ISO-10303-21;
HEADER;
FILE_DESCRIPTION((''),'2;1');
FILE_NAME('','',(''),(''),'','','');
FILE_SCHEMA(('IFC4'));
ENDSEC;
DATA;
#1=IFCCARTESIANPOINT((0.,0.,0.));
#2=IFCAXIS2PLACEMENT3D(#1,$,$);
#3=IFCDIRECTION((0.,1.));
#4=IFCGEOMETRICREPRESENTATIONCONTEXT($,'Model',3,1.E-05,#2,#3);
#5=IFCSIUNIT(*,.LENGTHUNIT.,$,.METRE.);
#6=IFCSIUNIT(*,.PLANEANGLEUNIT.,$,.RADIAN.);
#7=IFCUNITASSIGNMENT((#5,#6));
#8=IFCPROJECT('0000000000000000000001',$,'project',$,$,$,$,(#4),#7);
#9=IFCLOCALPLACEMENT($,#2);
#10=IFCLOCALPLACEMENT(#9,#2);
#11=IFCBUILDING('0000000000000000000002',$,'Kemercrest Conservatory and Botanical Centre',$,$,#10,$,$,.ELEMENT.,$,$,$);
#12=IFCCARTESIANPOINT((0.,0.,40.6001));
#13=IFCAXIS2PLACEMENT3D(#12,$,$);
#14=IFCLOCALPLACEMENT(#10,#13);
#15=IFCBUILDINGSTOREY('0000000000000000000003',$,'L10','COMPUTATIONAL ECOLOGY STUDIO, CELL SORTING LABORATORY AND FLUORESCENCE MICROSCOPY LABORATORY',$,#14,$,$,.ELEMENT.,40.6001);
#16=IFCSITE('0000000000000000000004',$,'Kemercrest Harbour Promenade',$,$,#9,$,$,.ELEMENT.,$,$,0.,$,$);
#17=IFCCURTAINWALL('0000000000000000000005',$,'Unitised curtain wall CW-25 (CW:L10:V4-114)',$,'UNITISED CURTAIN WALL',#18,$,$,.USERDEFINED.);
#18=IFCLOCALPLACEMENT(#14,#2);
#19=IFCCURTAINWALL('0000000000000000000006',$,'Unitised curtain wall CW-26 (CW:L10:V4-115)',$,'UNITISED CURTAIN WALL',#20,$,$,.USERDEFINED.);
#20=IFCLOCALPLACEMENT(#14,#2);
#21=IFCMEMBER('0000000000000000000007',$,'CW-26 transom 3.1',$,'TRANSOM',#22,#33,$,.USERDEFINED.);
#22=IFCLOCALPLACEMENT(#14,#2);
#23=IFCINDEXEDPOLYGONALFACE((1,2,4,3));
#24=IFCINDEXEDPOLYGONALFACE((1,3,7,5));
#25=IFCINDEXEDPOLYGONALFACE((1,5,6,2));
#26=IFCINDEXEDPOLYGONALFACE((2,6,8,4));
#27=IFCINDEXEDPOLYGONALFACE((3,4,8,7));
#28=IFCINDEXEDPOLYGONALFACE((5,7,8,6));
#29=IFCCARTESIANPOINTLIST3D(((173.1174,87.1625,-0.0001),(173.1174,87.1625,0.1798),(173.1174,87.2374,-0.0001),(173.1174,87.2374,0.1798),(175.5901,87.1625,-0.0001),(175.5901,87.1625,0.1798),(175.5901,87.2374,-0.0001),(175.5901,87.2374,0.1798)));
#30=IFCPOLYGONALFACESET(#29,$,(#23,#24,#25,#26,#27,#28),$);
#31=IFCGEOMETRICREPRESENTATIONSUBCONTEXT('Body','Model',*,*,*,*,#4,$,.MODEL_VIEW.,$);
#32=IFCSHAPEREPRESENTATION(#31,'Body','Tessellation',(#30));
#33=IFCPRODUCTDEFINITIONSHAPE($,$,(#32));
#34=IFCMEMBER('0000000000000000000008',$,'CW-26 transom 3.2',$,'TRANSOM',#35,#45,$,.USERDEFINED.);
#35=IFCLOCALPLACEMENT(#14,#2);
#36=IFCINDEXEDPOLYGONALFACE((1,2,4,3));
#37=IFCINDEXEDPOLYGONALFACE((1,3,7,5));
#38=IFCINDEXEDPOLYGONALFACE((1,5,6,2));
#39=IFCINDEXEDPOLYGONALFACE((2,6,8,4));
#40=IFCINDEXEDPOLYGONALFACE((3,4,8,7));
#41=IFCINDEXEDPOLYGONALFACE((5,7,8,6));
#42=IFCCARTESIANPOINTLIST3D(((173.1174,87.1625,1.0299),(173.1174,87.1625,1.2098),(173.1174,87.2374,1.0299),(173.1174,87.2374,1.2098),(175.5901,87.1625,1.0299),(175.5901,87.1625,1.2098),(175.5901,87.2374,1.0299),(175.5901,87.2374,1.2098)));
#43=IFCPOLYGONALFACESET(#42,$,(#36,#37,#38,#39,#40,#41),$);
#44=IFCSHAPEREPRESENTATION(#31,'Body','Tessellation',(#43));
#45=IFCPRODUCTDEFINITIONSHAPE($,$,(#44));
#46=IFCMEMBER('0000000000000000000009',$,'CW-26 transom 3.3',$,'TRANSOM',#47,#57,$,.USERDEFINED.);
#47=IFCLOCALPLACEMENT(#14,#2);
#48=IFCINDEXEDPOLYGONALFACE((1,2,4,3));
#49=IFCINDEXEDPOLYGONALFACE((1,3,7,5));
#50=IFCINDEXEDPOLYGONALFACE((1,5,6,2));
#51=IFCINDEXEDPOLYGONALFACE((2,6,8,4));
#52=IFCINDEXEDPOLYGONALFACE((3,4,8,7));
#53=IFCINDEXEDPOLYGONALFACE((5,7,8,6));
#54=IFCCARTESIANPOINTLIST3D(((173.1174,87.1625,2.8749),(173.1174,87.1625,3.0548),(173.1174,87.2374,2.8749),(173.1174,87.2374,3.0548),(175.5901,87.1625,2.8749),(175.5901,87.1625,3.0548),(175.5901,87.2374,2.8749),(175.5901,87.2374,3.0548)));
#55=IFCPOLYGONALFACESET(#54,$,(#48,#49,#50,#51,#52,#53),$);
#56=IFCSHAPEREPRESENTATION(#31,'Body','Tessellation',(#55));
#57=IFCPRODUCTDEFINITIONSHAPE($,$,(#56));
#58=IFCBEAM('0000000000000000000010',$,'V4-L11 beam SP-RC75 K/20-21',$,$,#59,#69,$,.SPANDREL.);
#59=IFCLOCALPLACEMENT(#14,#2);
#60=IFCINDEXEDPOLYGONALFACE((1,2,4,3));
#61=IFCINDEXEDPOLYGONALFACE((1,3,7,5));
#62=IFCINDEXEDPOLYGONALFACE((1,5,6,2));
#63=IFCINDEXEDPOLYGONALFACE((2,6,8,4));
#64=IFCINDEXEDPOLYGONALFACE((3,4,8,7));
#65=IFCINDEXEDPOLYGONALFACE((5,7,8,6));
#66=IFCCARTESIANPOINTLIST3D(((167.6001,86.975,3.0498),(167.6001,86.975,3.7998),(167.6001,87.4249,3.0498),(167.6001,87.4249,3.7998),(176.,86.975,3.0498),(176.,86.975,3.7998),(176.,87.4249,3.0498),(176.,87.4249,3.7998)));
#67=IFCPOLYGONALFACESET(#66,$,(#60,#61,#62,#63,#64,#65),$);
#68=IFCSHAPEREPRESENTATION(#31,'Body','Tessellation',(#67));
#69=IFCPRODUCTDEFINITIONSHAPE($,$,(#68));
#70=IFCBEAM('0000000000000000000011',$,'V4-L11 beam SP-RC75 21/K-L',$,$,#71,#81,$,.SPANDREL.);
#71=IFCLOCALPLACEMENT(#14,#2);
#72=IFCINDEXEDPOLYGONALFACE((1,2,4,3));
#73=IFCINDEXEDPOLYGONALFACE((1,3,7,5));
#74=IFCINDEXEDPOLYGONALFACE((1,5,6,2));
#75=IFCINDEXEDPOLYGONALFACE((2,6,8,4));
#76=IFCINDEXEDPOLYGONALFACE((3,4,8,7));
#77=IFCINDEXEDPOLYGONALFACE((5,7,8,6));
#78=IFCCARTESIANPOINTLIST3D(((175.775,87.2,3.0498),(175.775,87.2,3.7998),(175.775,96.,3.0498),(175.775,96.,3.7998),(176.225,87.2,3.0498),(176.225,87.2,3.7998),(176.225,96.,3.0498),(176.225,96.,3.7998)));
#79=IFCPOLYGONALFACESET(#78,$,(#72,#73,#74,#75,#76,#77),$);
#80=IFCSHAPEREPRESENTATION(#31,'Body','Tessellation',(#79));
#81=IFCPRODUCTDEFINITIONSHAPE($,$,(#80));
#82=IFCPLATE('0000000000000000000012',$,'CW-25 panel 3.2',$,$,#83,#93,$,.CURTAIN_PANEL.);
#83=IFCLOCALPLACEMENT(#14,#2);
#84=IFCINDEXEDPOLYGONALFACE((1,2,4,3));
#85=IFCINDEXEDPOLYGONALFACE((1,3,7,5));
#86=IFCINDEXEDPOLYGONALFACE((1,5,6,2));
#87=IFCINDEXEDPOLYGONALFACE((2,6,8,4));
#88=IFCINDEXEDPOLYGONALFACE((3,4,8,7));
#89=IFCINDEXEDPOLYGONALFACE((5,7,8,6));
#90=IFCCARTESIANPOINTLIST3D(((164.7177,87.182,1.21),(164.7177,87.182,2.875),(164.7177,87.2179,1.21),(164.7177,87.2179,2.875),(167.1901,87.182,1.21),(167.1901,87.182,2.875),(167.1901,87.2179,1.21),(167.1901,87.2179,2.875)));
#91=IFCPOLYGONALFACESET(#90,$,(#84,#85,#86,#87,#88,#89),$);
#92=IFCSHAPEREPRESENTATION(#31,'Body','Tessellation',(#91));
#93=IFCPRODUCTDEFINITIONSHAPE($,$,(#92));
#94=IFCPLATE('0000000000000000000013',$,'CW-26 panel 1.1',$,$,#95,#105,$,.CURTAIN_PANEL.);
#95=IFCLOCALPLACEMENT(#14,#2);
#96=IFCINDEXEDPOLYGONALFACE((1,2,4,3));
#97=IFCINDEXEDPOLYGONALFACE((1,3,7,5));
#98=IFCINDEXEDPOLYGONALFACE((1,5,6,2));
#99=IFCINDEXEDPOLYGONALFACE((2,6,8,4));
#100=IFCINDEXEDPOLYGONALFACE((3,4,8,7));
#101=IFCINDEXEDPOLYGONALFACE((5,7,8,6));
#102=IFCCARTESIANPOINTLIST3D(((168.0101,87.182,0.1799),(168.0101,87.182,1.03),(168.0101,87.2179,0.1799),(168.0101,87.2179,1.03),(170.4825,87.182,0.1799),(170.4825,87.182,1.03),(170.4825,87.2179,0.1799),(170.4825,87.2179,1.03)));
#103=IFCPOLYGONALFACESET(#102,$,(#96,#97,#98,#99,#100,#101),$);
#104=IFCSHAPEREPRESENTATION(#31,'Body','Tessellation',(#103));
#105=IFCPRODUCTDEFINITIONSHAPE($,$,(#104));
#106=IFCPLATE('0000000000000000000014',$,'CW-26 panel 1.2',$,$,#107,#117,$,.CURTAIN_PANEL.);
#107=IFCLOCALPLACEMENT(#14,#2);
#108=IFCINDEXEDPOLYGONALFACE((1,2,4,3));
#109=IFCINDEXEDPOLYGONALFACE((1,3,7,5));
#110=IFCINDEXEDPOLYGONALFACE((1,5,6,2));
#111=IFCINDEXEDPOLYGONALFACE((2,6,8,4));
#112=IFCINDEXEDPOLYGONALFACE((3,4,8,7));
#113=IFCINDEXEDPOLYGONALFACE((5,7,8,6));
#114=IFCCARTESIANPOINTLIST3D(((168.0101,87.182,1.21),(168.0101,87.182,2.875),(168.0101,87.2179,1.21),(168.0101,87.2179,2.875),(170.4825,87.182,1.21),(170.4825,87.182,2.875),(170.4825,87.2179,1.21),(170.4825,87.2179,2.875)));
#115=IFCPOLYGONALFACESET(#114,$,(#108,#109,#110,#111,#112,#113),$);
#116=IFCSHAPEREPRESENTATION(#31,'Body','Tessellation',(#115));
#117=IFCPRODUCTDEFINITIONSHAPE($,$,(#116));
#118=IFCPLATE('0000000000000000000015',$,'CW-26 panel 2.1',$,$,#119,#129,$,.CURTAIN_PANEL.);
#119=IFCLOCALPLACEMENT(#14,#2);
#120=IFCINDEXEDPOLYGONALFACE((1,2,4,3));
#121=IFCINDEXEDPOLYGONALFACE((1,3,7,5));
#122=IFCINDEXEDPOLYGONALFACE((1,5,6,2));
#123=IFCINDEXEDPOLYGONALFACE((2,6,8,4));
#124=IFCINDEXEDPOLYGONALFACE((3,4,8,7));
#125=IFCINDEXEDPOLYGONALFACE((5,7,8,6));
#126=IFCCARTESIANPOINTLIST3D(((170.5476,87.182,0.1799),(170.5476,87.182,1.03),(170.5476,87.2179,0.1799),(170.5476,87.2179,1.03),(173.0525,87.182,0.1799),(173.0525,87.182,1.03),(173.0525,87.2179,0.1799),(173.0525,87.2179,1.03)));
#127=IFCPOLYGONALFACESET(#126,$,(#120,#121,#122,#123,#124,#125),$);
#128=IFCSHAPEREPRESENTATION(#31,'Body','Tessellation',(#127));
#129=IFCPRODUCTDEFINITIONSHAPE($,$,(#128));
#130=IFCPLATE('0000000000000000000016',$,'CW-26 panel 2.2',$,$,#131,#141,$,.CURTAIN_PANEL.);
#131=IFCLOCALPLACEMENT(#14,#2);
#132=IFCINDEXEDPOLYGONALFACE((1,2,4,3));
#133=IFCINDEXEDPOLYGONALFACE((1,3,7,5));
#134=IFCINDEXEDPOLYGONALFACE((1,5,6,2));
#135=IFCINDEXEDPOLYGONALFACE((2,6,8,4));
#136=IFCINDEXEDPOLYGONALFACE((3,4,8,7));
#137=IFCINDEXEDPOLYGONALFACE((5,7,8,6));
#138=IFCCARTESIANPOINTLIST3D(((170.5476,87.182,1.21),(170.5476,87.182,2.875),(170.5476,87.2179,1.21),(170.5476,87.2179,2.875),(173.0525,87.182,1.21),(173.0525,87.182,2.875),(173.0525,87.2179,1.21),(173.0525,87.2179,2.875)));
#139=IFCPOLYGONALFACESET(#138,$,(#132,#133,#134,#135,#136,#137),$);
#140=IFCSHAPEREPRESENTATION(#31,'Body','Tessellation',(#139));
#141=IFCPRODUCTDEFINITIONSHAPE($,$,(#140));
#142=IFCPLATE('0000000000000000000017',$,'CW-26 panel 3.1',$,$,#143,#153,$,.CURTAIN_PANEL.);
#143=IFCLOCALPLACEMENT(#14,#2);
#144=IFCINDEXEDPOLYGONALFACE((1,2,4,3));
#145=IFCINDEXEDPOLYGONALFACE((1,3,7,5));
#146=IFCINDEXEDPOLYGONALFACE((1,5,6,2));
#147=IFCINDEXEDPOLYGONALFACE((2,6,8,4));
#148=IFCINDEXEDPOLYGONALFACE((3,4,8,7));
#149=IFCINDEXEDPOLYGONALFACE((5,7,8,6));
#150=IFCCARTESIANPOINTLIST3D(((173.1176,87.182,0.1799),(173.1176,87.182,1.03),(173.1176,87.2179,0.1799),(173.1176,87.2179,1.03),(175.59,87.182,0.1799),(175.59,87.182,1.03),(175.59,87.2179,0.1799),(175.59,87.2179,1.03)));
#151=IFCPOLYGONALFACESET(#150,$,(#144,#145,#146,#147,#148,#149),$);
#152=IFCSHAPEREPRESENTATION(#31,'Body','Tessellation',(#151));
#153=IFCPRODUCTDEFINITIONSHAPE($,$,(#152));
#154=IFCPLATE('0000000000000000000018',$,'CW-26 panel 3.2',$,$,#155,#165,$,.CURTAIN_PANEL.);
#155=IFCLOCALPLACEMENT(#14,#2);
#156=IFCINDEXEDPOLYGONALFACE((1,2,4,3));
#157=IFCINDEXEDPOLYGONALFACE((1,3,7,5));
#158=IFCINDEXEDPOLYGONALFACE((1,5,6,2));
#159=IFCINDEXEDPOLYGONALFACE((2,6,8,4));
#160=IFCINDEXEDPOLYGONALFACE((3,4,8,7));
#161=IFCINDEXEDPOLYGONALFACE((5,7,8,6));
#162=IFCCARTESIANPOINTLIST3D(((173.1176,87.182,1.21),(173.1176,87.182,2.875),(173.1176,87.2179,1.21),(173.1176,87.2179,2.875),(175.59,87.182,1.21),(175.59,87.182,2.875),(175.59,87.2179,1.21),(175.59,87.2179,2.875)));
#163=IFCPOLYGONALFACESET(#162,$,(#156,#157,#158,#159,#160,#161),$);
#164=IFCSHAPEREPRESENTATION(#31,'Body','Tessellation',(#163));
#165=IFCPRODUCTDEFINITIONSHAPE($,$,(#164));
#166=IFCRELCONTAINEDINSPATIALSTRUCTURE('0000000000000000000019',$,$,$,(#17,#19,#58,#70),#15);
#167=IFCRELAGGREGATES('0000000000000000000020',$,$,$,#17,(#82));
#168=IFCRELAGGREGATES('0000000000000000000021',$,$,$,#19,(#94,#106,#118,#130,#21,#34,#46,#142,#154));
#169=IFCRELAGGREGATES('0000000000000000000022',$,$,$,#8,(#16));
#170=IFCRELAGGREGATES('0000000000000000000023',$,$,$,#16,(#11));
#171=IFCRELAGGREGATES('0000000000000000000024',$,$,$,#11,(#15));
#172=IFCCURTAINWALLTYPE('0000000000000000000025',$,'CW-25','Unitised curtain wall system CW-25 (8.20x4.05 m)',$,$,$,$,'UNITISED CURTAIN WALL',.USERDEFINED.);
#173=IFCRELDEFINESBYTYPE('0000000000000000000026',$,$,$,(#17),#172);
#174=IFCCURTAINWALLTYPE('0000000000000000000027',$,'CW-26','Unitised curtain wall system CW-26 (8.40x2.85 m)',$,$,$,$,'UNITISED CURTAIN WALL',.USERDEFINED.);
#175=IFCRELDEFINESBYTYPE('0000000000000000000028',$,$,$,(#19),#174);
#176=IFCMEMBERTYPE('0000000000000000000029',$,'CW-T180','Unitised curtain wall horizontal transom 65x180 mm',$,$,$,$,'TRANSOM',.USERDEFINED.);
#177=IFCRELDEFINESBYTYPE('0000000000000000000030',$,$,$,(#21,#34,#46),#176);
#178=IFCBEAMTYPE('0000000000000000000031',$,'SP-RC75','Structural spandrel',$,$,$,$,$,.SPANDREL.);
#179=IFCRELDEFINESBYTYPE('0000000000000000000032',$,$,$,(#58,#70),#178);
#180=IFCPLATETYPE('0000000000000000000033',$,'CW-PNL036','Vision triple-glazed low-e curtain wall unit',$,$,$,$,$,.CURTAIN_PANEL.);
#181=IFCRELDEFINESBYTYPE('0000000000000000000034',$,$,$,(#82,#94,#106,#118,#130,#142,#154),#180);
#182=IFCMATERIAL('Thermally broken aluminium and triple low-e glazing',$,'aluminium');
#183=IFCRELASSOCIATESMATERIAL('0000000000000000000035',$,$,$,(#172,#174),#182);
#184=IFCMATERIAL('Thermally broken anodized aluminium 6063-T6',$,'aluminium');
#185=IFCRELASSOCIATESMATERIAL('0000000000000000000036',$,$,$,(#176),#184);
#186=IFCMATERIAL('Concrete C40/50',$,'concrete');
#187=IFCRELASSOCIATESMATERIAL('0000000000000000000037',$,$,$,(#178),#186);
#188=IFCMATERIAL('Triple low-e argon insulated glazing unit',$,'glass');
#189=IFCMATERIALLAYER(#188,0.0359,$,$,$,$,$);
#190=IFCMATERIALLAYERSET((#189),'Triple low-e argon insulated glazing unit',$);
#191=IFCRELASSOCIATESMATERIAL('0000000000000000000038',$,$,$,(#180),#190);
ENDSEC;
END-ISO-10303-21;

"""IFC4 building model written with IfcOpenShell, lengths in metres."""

from ifc_helpers import new_model, si_unit, direction, frame, origin, origin_2d, place, context, subcontext, project, spatial, rectangle, extrude, material, layer, layer_set, material_profile, profile_set, type_object, element, aggregate, save


model = new_model("IFC4")

# Units and contexts
model_context = context("Model", 3, precision=1e-05, world=origin(), true_north=direction((0.0, 1.0)))
body_context = subcontext(model_context, "Body", "Model", "MODEL_VIEW")
ifc_project = project(units=[si_unit("LENGTHUNIT", "METRE"), si_unit("PLANEANGLEUNIT", "RADIAN")], contexts=[model_context])

# Site, building, storey
site_placement = place(None, origin())
site = spatial("IfcSite", under=ifc_project, at=site_placement, Name="Kemercrest Harbour Promenade", CompositionType="ELEMENT", RefElevation=0.0)
building_placement = place(site_placement, origin())
building = spatial("IfcBuilding", under=site, at=building_placement, Name="Kemercrest Conservatory and Botanical Centre", CompositionType="ELEMENT")
storey_placement = place(building_placement, frame((0.0, 0.0, 40.6001)))
storey = spatial("IfcBuildingStorey", under=building, at=storey_placement, Name="L10", Description="COMPUTATIONAL ECOLOGY STUDIO, CELL SORTING LABORATORY AND FLUORESCENCE MICROSCOPY LABORATORY", CompositionType="ELEMENT", Elevation=40.6001)

# Shared definitions
ifc_material_1 = material(Name="Concrete C40/50", Category="concrete")

# Curtain wall
ifc_material_2 = material(Name="Thermally broken aluminium and triple low-e glazing", Category="aluminium")
curtain_wall_type_1 = type_object("IfcCurtainWallType", Name="CW-25", Description="Unitised curtain wall system CW-25 (8.20x4.05 m)", ElementType="UNITISED CURTAIN WALL", PredefinedType="USERDEFINED", material=ifc_material_2)
curtain_wall_1_placement = place(storey_placement, origin())
curtain_wall_1 = element("IfcCurtainWall", 1, at=curtain_wall_1_placement, inside=storey, type_object=curtain_wall_type_1, Name="Unitised curtain wall CW-25 (CW:L10:V4-114)", ObjectType="UNITISED CURTAIN WALL", PredefinedType="USERDEFINED")
ifc_material_3 = material(Name="Thermally broken anodized aluminium 6063-T6", Category="aluminium")

# Curtain wall, members
curtain_wall_type_2 = type_object("IfcCurtainWallType", Name="CW-26", Description="Unitised curtain wall system CW-26 (8.40x2.85 m)", ElementType="UNITISED CURTAIN WALL", PredefinedType="USERDEFINED", material=ifc_material_2)
curtain_wall_2_placement = place(storey_placement, origin())
curtain_wall_2 = element("IfcCurtainWall", 2, at=curtain_wall_2_placement, inside=storey, type_object=curtain_wall_type_2, Name="Unitised curtain wall CW-26 (CW:L10:V4-115)", ObjectType="UNITISED CURTAIN WALL", PredefinedType="USERDEFINED")
ifc_material_profile_1 = material_profile(ifc_material_3, rectangle(XDim=0.075, YDim=0.1799, at=origin_2d()), Name="AL TRANSOM 75x180")
ifc_profile_set_1 = profile_set([ifc_material_profile_1], Name="Thermally broken anodized aluminium 6063-T6")
member_type_1 = type_object("IfcMemberType", Name="CW-T180", Description="Unitised curtain wall horizontal transom 65x180 mm", ElementType="TRANSOM", PredefinedType="USERDEFINED", material=ifc_profile_set_1)
member_1_placement = place(storey_placement, frame((173.1174, 87.2, 0.0898), z_axis=(1.0, 0.0, 0.0), x_axis=(0.0, 1.0, 0.0)))
member_1 = element("IfcMember", 3, at=member_1_placement, type_object=member_type_1, Name="CW-26 transom 3.1", ObjectType="TRANSOM", PredefinedType="USERDEFINED", context=body_context, shape_type="SweptSolid", body=[
    extrude(rectangle(XDim=0.075, YDim=0.1799, at=origin_2d()), origin(), (0.0, 0.0, 1.0), 2.4727),
])
member_2_placement = place(storey_placement, frame((173.1174, 87.2, 1.1199), z_axis=(1.0, 0.0, 0.0), x_axis=(0.0, 1.0, 0.0)))
member_2 = element("IfcMember", 4, at=member_2_placement, type_object=member_type_1, Name="CW-26 transom 3.2", ObjectType="TRANSOM", PredefinedType="USERDEFINED", context=body_context, shape_type="SweptSolid", body=[
    extrude(rectangle(XDim=0.075, YDim=0.1799, at=origin_2d()), origin(), (0.0, 0.0, 1.0), 2.4727),
])
member_3_placement = place(storey_placement, frame((173.1174, 87.2, 2.9648), z_axis=(1.0, 0.0, 0.0), x_axis=(0.0, 1.0, 0.0)))
member_3 = element("IfcMember", 5, at=member_3_placement, type_object=member_type_1, Name="CW-26 transom 3.3", ObjectType="TRANSOM", PredefinedType="USERDEFINED", context=body_context, shape_type="SweptSolid", body=[
    extrude(rectangle(XDim=0.075, YDim=0.1799, at=origin_2d()), origin(), (0.0, 0.0, 1.0), 2.4727),
])

# Beams
ifc_material_profile_2 = material_profile(ifc_material_1, rectangle(XDim=0.45, YDim=0.75, at=origin_2d()), Name="RC 450x750")
ifc_profile_set_2 = profile_set([ifc_material_profile_2], Name="Concrete C40/50")
beam_type_1 = type_object("IfcBeamType", Name="SP-RC75", Description="Structural spandrel", PredefinedType="SPANDREL", material=ifc_profile_set_2)
beam_1_placement = place(storey_placement, frame((167.6001, 87.2, 3.4248), z_axis=(1.0, 0.0, 0.0), x_axis=(0.0, 1.0, 0.0)))
element("IfcBeam", 6, at=beam_1_placement, inside=storey, type_object=beam_type_1, Name="V4-L11 beam SP-RC75 K/20-21", PredefinedType="SPANDREL", context=body_context, shape_type="SweptSolid", body=[
    extrude(rectangle(XDim=0.45, YDim=0.75, at=origin_2d()), origin(), (0.0, 0.0, 1.0), 8.3999),
])
beam_2_placement = place(storey_placement, frame((176.0, 87.2, 3.4248), z_axis=(0.0, 1.0, 0.0), x_axis=(-1.0, 0.0, 0.0)))
element("IfcBeam", 7, at=beam_2_placement, inside=storey, type_object=beam_type_1, Name="V4-L11 beam SP-RC75 21/K-L", PredefinedType="SPANDREL", context=body_context, shape_type="SweptSolid", body=[
    extrude(rectangle(XDim=0.45, YDim=0.75, at=origin_2d()), origin(), (0.0, 0.0, 1.0), 8.8),
])

# Plates
ifc_material_4 = material(Name="Triple low-e argon insulated glazing unit", Category="glass")
ifc_layer = layer(ifc_material_4, 0.0359)
ifc_layer_set = layer_set([ifc_layer], Name="Triple low-e argon insulated glazing unit")
plate_type = type_object("IfcPlateType", Name="CW-PNL036", Description="Vision triple-glazed low-e curtain wall unit", PredefinedType="CURTAIN_PANEL", material=ifc_layer_set)
plate_1_placement = place(storey_placement, frame((165.9539, 87.2, 1.21), z_axis=(0.0, 0.0, 1.0), x_axis=(1.0, 0.0, 0.0)))
plate_1 = element("IfcPlate", 8, at=plate_1_placement, type_object=plate_type, Name="CW-25 panel 3.2", PredefinedType="CURTAIN_PANEL", context=body_context, shape_type="SweptSolid", body=[
    extrude(rectangle(XDim=2.4724, YDim=0.0359, at=origin_2d()), origin(), (0.0, 0.0, 1.0), 1.665),
])
aggregate(curtain_wall_1, [plate_1])
plate_2_placement = place(storey_placement, frame((169.2463, 87.2, 0.1799), z_axis=(0.0, 0.0, 1.0), x_axis=(1.0, 0.0, 0.0)))
plate_2 = element("IfcPlate", 9, at=plate_2_placement, type_object=plate_type, Name="CW-26 panel 1.1", PredefinedType="CURTAIN_PANEL", context=body_context, shape_type="SweptSolid", body=[
    extrude(rectangle(XDim=2.4724, YDim=0.0359, at=origin_2d()), origin(), (0.0, 0.0, 1.0), 0.8501),
])
plate_3_placement = place(storey_placement, frame((169.2463, 87.2, 1.21), z_axis=(0.0, 0.0, 1.0), x_axis=(1.0, 0.0, 0.0)))
plate_3 = element("IfcPlate", 10, at=plate_3_placement, type_object=plate_type, Name="CW-26 panel 1.2", PredefinedType="CURTAIN_PANEL", context=body_context, shape_type="SweptSolid", body=[
    extrude(rectangle(XDim=2.4724, YDim=0.0359, at=origin_2d()), origin(), (0.0, 0.0, 1.0), 1.665),
])
plate_4_placement = place(storey_placement, frame((171.8, 87.2, 0.1799), z_axis=(0.0, 0.0, 1.0), x_axis=(1.0, 0.0, 0.0)))
plate_4 = element("IfcPlate", 11, at=plate_4_placement, type_object=plate_type, Name="CW-26 panel 2.1", PredefinedType="CURTAIN_PANEL", context=body_context, shape_type="SweptSolid", body=[
    extrude(rectangle(XDim=2.5049, YDim=0.0359, at=origin_2d()), origin(), (0.0, 0.0, 1.0), 0.8501),
])
plate_5_placement = place(storey_placement, frame((171.8, 87.2, 1.21), z_axis=(0.0, 0.0, 1.0), x_axis=(1.0, 0.0, 0.0)))
plate_5 = element("IfcPlate", 12, at=plate_5_placement, type_object=plate_type, Name="CW-26 panel 2.2", PredefinedType="CURTAIN_PANEL", context=body_context, shape_type="SweptSolid", body=[
    extrude(rectangle(XDim=2.5049, YDim=0.0359, at=origin_2d()), origin(), (0.0, 0.0, 1.0), 1.665),
])
plate_6_placement = place(storey_placement, frame((174.3538, 87.2, 0.1799), z_axis=(0.0, 0.0, 1.0), x_axis=(1.0, 0.0, 0.0)))
plate_6 = element("IfcPlate", 13, at=plate_6_placement, type_object=plate_type, Name="CW-26 panel 3.1", PredefinedType="CURTAIN_PANEL", context=body_context, shape_type="SweptSolid", body=[
    extrude(rectangle(XDim=2.4724, YDim=0.0359, at=origin_2d()), origin(), (0.0, 0.0, 1.0), 0.8501),
])
plate_7_placement = place(storey_placement, frame((174.3538, 87.2, 1.21), z_axis=(0.0, 0.0, 1.0), x_axis=(1.0, 0.0, 0.0)))
plate_7 = element("IfcPlate", 14, at=plate_7_placement, type_object=plate_type, Name="CW-26 panel 3.2", PredefinedType="CURTAIN_PANEL", context=body_context, shape_type="SweptSolid", body=[
    extrude(rectangle(XDim=2.4724, YDim=0.0359, at=origin_2d()), origin(), (0.0, 0.0, 1.0), 1.665),
])
aggregate(curtain_wall_2, [plate_2, plate_3, plate_4, plate_5, member_1, member_2, member_3, plate_6, plate_7])

save(model, "model.ifc")
